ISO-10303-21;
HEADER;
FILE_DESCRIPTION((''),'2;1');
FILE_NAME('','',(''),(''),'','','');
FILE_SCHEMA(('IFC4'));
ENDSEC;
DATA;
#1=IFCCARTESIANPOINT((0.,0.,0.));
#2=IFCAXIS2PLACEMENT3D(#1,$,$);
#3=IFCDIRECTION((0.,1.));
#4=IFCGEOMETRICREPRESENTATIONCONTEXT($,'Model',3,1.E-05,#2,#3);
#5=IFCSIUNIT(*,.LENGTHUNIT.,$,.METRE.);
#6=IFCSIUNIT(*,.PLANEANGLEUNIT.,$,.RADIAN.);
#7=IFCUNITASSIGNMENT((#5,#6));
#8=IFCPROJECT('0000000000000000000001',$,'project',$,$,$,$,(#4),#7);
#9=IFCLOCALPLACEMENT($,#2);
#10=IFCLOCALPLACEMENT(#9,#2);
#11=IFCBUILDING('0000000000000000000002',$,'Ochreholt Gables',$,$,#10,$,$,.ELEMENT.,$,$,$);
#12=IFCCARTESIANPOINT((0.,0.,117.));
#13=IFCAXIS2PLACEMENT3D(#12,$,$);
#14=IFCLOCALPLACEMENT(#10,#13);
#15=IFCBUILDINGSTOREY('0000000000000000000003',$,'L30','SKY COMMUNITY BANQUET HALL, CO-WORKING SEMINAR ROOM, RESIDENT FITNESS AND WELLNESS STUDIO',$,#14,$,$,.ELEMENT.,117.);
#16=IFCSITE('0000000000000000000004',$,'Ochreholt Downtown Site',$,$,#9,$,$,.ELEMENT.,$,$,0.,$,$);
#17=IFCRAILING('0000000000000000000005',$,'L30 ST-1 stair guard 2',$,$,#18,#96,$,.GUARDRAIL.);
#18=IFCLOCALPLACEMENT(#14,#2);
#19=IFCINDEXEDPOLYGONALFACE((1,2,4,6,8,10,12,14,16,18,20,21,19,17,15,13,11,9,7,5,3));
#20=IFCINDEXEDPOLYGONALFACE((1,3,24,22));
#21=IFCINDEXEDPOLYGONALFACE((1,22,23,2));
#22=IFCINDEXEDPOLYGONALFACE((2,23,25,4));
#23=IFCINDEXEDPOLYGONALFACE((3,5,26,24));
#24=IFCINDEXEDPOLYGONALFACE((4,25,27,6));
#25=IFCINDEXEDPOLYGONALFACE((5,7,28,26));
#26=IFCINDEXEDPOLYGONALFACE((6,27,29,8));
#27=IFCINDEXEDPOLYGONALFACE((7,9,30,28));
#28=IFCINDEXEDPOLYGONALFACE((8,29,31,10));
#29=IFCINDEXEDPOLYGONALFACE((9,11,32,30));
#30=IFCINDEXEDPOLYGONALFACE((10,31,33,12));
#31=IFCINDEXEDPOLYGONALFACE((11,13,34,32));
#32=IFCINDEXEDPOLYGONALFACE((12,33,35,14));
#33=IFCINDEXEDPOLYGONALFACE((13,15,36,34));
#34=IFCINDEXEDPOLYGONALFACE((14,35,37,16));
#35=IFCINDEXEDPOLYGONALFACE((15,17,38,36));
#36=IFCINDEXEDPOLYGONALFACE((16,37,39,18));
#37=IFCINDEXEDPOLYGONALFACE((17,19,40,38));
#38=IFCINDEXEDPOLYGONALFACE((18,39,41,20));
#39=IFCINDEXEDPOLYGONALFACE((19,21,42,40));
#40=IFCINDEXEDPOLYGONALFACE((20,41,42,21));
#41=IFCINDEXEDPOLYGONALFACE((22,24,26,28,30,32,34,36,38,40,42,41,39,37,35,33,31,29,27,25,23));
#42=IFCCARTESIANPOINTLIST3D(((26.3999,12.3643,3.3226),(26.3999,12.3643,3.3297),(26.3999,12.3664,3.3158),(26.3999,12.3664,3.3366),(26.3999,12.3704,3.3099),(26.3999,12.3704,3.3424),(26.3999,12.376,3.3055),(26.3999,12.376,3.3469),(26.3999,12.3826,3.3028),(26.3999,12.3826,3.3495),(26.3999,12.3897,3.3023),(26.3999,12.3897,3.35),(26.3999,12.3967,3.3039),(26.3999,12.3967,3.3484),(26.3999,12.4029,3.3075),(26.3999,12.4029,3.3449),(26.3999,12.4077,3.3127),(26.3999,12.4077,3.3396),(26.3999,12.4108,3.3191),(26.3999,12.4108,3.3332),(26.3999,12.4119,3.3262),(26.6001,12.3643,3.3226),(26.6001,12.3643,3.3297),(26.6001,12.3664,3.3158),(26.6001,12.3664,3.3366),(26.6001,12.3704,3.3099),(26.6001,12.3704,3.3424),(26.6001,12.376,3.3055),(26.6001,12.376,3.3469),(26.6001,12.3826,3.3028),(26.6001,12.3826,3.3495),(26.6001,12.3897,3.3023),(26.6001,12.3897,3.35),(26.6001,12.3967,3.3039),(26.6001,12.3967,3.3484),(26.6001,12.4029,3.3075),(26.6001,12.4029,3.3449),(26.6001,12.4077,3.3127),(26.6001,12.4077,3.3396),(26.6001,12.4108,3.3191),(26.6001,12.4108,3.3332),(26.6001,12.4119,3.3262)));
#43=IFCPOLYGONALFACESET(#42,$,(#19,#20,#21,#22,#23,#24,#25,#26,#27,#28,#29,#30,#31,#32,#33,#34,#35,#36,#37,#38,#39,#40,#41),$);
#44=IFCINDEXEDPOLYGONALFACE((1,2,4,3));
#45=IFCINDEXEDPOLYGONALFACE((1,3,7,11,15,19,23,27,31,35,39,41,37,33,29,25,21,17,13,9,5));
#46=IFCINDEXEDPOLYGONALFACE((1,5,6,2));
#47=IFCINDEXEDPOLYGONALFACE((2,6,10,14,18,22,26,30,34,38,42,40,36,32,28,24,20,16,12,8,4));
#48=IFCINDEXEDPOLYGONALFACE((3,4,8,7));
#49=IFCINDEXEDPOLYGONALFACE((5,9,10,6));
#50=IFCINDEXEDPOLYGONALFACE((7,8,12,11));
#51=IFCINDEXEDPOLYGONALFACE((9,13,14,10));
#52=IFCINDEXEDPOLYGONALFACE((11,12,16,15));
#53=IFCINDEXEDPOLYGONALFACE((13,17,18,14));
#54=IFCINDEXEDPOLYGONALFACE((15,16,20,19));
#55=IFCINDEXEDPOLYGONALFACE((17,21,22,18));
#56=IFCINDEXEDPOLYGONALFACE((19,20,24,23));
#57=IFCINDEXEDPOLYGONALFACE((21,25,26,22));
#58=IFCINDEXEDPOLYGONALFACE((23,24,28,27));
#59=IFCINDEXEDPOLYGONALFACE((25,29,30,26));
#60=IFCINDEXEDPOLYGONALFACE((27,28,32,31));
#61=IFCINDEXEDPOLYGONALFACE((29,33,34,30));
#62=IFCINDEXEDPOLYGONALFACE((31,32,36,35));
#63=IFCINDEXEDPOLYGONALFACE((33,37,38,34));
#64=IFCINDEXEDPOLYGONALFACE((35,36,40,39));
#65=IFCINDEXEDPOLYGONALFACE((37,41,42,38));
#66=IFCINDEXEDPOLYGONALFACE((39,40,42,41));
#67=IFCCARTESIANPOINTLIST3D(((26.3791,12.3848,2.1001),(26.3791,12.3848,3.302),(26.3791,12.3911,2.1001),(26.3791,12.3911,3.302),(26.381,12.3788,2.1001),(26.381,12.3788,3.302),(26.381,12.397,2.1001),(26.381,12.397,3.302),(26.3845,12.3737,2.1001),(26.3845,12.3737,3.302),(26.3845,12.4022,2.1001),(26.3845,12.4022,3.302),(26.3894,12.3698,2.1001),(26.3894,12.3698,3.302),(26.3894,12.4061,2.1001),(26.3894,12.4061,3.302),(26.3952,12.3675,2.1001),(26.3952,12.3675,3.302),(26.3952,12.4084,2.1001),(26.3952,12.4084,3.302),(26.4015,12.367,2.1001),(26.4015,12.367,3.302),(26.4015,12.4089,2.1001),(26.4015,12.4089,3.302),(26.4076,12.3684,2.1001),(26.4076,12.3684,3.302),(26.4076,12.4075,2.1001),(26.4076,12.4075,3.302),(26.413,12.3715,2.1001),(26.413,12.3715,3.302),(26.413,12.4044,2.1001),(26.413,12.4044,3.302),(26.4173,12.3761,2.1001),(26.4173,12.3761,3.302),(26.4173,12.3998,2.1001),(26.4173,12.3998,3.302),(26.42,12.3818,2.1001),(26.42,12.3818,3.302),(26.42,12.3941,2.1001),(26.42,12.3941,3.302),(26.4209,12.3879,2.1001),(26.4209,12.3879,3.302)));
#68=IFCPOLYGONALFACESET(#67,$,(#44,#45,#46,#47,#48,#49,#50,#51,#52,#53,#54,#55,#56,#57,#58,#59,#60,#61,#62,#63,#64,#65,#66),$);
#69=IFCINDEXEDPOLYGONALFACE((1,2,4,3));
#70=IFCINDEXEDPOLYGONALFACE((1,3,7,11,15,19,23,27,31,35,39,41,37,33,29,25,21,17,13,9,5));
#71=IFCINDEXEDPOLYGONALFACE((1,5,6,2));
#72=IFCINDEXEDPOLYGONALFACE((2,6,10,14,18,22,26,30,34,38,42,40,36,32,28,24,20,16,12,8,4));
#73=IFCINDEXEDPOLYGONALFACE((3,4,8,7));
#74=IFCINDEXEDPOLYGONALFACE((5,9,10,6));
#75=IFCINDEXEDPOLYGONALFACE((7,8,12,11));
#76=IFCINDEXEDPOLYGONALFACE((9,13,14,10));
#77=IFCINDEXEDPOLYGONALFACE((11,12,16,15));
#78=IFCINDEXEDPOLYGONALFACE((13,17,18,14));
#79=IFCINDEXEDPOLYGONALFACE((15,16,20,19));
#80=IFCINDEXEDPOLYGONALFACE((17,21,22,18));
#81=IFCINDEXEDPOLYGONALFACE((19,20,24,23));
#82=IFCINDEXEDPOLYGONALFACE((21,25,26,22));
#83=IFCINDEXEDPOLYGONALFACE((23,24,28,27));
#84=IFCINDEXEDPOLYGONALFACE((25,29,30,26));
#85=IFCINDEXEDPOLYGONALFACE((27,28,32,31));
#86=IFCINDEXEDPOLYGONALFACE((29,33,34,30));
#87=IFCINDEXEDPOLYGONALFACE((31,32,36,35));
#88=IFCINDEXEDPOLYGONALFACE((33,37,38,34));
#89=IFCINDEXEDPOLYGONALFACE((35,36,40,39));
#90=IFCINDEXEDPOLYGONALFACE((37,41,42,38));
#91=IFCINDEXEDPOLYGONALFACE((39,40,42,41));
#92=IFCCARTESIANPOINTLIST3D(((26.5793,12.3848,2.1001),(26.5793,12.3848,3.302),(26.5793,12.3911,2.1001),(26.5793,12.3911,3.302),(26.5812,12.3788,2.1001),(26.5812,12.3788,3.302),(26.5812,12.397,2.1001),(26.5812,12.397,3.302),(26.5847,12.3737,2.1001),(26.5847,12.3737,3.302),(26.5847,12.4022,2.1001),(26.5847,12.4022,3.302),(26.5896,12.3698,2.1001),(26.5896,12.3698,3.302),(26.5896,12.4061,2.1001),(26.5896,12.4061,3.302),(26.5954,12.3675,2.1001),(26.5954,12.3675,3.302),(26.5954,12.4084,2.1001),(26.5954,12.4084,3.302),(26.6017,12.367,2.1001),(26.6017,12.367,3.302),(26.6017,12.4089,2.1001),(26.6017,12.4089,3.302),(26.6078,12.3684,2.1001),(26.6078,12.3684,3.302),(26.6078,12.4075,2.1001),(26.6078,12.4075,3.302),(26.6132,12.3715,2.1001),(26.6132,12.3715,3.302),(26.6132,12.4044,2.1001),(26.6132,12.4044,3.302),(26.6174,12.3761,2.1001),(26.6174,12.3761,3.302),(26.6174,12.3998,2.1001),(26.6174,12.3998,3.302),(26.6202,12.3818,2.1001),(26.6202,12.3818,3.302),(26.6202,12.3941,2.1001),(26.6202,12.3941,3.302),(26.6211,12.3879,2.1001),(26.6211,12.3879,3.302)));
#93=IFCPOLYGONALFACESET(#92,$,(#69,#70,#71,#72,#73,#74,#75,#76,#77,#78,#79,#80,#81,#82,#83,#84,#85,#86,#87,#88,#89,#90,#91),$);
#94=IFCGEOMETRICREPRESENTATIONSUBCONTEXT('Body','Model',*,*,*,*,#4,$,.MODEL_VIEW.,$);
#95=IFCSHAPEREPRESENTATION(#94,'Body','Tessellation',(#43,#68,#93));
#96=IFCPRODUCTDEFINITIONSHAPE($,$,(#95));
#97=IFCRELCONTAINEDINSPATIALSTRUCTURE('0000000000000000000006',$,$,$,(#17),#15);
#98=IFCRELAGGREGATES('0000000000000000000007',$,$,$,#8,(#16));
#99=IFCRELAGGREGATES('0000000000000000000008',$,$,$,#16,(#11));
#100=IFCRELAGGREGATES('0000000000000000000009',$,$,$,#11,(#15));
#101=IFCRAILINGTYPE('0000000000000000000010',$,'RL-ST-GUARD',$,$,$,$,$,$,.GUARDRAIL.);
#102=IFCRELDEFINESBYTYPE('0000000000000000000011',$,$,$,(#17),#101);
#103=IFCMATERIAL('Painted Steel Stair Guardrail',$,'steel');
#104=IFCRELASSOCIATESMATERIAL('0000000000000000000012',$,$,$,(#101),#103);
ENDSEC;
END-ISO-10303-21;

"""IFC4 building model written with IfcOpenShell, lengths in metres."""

from ifc_helpers import new_model, si_unit, direction, frame, origin, origin_2d, place, context, subcontext, project, spatial, circle, extrude, material, type_object, element, save


model = new_model("IFC4")

# Units and contexts
model_context = context("Model", 3, precision=1e-05, world=origin(), true_north=direction((0.0, 1.0)))
body_context = subcontext(model_context, "Body", "Model", "MODEL_VIEW")
ifc_project = project(units=[si_unit("LENGTHUNIT", "METRE"), si_unit("PLANEANGLEUNIT", "RADIAN")], contexts=[model_context])

# Site, building, storey
site_placement = place(None, origin())
site = spatial("IfcSite", under=ifc_project, at=site_placement, Name="Ochreholt Downtown Site", CompositionType="ELEMENT", RefElevation=0.0)
building_placement = place(site_placement, origin())
building = spatial("IfcBuilding", under=site, at=building_placement, Name="Ochreholt Gables", CompositionType="ELEMENT")
storey_placement = place(building_placement, frame((0.0, 0.0, 117.0)))
storey = spatial("IfcBuildingStorey", under=building, at=storey_placement, Name="L30", Description="SKY COMMUNITY BANQUET HALL, CO-WORKING SEMINAR ROOM, RESIDENT FITNESS AND WELLNESS STUDIO", CompositionType="ELEMENT", Elevation=117.0)

# Railing
ifc_material_1 = material(Name="Painted Steel Stair Guardrail", Category="steel")
railing_type_1 = type_object("IfcRailingType", Name="RL-ST-GUARD", PredefinedType="GUARDRAIL", material=ifc_material_1)
railing_1_placement = place(storey_placement, frame((26.3999, 12.3879, 2.1001)))
element("IfcRailing", 1, at=railing_1_placement, inside=storey, type_object=railing_type_1, Name="L30 ST-1 stair guard 2", PredefinedType="GUARDRAIL", context=body_context, shape_type="SweptSolid", body=[
    extrude(circle(Radius=0.0239, at=origin_2d()), frame((0.0, 0.0, 1.2261), z_axis=(1.0, 0.0, 0.0), x_axis=(0.0, 1.0, 0.0)), (0.0, 0.0, 1.0), 0.2002),
    extrude(circle(Radius=0.021, at=origin_2d()), origin(), (0.0, 0.0, 1.0), 1.2019),
    extrude(circle(Radius=0.021, at=origin_2d()), frame((0.2002, 0.0, 0.0)), (0.0, 0.0, 1.0), 1.2019),
])

save(model, "model.ifc")
